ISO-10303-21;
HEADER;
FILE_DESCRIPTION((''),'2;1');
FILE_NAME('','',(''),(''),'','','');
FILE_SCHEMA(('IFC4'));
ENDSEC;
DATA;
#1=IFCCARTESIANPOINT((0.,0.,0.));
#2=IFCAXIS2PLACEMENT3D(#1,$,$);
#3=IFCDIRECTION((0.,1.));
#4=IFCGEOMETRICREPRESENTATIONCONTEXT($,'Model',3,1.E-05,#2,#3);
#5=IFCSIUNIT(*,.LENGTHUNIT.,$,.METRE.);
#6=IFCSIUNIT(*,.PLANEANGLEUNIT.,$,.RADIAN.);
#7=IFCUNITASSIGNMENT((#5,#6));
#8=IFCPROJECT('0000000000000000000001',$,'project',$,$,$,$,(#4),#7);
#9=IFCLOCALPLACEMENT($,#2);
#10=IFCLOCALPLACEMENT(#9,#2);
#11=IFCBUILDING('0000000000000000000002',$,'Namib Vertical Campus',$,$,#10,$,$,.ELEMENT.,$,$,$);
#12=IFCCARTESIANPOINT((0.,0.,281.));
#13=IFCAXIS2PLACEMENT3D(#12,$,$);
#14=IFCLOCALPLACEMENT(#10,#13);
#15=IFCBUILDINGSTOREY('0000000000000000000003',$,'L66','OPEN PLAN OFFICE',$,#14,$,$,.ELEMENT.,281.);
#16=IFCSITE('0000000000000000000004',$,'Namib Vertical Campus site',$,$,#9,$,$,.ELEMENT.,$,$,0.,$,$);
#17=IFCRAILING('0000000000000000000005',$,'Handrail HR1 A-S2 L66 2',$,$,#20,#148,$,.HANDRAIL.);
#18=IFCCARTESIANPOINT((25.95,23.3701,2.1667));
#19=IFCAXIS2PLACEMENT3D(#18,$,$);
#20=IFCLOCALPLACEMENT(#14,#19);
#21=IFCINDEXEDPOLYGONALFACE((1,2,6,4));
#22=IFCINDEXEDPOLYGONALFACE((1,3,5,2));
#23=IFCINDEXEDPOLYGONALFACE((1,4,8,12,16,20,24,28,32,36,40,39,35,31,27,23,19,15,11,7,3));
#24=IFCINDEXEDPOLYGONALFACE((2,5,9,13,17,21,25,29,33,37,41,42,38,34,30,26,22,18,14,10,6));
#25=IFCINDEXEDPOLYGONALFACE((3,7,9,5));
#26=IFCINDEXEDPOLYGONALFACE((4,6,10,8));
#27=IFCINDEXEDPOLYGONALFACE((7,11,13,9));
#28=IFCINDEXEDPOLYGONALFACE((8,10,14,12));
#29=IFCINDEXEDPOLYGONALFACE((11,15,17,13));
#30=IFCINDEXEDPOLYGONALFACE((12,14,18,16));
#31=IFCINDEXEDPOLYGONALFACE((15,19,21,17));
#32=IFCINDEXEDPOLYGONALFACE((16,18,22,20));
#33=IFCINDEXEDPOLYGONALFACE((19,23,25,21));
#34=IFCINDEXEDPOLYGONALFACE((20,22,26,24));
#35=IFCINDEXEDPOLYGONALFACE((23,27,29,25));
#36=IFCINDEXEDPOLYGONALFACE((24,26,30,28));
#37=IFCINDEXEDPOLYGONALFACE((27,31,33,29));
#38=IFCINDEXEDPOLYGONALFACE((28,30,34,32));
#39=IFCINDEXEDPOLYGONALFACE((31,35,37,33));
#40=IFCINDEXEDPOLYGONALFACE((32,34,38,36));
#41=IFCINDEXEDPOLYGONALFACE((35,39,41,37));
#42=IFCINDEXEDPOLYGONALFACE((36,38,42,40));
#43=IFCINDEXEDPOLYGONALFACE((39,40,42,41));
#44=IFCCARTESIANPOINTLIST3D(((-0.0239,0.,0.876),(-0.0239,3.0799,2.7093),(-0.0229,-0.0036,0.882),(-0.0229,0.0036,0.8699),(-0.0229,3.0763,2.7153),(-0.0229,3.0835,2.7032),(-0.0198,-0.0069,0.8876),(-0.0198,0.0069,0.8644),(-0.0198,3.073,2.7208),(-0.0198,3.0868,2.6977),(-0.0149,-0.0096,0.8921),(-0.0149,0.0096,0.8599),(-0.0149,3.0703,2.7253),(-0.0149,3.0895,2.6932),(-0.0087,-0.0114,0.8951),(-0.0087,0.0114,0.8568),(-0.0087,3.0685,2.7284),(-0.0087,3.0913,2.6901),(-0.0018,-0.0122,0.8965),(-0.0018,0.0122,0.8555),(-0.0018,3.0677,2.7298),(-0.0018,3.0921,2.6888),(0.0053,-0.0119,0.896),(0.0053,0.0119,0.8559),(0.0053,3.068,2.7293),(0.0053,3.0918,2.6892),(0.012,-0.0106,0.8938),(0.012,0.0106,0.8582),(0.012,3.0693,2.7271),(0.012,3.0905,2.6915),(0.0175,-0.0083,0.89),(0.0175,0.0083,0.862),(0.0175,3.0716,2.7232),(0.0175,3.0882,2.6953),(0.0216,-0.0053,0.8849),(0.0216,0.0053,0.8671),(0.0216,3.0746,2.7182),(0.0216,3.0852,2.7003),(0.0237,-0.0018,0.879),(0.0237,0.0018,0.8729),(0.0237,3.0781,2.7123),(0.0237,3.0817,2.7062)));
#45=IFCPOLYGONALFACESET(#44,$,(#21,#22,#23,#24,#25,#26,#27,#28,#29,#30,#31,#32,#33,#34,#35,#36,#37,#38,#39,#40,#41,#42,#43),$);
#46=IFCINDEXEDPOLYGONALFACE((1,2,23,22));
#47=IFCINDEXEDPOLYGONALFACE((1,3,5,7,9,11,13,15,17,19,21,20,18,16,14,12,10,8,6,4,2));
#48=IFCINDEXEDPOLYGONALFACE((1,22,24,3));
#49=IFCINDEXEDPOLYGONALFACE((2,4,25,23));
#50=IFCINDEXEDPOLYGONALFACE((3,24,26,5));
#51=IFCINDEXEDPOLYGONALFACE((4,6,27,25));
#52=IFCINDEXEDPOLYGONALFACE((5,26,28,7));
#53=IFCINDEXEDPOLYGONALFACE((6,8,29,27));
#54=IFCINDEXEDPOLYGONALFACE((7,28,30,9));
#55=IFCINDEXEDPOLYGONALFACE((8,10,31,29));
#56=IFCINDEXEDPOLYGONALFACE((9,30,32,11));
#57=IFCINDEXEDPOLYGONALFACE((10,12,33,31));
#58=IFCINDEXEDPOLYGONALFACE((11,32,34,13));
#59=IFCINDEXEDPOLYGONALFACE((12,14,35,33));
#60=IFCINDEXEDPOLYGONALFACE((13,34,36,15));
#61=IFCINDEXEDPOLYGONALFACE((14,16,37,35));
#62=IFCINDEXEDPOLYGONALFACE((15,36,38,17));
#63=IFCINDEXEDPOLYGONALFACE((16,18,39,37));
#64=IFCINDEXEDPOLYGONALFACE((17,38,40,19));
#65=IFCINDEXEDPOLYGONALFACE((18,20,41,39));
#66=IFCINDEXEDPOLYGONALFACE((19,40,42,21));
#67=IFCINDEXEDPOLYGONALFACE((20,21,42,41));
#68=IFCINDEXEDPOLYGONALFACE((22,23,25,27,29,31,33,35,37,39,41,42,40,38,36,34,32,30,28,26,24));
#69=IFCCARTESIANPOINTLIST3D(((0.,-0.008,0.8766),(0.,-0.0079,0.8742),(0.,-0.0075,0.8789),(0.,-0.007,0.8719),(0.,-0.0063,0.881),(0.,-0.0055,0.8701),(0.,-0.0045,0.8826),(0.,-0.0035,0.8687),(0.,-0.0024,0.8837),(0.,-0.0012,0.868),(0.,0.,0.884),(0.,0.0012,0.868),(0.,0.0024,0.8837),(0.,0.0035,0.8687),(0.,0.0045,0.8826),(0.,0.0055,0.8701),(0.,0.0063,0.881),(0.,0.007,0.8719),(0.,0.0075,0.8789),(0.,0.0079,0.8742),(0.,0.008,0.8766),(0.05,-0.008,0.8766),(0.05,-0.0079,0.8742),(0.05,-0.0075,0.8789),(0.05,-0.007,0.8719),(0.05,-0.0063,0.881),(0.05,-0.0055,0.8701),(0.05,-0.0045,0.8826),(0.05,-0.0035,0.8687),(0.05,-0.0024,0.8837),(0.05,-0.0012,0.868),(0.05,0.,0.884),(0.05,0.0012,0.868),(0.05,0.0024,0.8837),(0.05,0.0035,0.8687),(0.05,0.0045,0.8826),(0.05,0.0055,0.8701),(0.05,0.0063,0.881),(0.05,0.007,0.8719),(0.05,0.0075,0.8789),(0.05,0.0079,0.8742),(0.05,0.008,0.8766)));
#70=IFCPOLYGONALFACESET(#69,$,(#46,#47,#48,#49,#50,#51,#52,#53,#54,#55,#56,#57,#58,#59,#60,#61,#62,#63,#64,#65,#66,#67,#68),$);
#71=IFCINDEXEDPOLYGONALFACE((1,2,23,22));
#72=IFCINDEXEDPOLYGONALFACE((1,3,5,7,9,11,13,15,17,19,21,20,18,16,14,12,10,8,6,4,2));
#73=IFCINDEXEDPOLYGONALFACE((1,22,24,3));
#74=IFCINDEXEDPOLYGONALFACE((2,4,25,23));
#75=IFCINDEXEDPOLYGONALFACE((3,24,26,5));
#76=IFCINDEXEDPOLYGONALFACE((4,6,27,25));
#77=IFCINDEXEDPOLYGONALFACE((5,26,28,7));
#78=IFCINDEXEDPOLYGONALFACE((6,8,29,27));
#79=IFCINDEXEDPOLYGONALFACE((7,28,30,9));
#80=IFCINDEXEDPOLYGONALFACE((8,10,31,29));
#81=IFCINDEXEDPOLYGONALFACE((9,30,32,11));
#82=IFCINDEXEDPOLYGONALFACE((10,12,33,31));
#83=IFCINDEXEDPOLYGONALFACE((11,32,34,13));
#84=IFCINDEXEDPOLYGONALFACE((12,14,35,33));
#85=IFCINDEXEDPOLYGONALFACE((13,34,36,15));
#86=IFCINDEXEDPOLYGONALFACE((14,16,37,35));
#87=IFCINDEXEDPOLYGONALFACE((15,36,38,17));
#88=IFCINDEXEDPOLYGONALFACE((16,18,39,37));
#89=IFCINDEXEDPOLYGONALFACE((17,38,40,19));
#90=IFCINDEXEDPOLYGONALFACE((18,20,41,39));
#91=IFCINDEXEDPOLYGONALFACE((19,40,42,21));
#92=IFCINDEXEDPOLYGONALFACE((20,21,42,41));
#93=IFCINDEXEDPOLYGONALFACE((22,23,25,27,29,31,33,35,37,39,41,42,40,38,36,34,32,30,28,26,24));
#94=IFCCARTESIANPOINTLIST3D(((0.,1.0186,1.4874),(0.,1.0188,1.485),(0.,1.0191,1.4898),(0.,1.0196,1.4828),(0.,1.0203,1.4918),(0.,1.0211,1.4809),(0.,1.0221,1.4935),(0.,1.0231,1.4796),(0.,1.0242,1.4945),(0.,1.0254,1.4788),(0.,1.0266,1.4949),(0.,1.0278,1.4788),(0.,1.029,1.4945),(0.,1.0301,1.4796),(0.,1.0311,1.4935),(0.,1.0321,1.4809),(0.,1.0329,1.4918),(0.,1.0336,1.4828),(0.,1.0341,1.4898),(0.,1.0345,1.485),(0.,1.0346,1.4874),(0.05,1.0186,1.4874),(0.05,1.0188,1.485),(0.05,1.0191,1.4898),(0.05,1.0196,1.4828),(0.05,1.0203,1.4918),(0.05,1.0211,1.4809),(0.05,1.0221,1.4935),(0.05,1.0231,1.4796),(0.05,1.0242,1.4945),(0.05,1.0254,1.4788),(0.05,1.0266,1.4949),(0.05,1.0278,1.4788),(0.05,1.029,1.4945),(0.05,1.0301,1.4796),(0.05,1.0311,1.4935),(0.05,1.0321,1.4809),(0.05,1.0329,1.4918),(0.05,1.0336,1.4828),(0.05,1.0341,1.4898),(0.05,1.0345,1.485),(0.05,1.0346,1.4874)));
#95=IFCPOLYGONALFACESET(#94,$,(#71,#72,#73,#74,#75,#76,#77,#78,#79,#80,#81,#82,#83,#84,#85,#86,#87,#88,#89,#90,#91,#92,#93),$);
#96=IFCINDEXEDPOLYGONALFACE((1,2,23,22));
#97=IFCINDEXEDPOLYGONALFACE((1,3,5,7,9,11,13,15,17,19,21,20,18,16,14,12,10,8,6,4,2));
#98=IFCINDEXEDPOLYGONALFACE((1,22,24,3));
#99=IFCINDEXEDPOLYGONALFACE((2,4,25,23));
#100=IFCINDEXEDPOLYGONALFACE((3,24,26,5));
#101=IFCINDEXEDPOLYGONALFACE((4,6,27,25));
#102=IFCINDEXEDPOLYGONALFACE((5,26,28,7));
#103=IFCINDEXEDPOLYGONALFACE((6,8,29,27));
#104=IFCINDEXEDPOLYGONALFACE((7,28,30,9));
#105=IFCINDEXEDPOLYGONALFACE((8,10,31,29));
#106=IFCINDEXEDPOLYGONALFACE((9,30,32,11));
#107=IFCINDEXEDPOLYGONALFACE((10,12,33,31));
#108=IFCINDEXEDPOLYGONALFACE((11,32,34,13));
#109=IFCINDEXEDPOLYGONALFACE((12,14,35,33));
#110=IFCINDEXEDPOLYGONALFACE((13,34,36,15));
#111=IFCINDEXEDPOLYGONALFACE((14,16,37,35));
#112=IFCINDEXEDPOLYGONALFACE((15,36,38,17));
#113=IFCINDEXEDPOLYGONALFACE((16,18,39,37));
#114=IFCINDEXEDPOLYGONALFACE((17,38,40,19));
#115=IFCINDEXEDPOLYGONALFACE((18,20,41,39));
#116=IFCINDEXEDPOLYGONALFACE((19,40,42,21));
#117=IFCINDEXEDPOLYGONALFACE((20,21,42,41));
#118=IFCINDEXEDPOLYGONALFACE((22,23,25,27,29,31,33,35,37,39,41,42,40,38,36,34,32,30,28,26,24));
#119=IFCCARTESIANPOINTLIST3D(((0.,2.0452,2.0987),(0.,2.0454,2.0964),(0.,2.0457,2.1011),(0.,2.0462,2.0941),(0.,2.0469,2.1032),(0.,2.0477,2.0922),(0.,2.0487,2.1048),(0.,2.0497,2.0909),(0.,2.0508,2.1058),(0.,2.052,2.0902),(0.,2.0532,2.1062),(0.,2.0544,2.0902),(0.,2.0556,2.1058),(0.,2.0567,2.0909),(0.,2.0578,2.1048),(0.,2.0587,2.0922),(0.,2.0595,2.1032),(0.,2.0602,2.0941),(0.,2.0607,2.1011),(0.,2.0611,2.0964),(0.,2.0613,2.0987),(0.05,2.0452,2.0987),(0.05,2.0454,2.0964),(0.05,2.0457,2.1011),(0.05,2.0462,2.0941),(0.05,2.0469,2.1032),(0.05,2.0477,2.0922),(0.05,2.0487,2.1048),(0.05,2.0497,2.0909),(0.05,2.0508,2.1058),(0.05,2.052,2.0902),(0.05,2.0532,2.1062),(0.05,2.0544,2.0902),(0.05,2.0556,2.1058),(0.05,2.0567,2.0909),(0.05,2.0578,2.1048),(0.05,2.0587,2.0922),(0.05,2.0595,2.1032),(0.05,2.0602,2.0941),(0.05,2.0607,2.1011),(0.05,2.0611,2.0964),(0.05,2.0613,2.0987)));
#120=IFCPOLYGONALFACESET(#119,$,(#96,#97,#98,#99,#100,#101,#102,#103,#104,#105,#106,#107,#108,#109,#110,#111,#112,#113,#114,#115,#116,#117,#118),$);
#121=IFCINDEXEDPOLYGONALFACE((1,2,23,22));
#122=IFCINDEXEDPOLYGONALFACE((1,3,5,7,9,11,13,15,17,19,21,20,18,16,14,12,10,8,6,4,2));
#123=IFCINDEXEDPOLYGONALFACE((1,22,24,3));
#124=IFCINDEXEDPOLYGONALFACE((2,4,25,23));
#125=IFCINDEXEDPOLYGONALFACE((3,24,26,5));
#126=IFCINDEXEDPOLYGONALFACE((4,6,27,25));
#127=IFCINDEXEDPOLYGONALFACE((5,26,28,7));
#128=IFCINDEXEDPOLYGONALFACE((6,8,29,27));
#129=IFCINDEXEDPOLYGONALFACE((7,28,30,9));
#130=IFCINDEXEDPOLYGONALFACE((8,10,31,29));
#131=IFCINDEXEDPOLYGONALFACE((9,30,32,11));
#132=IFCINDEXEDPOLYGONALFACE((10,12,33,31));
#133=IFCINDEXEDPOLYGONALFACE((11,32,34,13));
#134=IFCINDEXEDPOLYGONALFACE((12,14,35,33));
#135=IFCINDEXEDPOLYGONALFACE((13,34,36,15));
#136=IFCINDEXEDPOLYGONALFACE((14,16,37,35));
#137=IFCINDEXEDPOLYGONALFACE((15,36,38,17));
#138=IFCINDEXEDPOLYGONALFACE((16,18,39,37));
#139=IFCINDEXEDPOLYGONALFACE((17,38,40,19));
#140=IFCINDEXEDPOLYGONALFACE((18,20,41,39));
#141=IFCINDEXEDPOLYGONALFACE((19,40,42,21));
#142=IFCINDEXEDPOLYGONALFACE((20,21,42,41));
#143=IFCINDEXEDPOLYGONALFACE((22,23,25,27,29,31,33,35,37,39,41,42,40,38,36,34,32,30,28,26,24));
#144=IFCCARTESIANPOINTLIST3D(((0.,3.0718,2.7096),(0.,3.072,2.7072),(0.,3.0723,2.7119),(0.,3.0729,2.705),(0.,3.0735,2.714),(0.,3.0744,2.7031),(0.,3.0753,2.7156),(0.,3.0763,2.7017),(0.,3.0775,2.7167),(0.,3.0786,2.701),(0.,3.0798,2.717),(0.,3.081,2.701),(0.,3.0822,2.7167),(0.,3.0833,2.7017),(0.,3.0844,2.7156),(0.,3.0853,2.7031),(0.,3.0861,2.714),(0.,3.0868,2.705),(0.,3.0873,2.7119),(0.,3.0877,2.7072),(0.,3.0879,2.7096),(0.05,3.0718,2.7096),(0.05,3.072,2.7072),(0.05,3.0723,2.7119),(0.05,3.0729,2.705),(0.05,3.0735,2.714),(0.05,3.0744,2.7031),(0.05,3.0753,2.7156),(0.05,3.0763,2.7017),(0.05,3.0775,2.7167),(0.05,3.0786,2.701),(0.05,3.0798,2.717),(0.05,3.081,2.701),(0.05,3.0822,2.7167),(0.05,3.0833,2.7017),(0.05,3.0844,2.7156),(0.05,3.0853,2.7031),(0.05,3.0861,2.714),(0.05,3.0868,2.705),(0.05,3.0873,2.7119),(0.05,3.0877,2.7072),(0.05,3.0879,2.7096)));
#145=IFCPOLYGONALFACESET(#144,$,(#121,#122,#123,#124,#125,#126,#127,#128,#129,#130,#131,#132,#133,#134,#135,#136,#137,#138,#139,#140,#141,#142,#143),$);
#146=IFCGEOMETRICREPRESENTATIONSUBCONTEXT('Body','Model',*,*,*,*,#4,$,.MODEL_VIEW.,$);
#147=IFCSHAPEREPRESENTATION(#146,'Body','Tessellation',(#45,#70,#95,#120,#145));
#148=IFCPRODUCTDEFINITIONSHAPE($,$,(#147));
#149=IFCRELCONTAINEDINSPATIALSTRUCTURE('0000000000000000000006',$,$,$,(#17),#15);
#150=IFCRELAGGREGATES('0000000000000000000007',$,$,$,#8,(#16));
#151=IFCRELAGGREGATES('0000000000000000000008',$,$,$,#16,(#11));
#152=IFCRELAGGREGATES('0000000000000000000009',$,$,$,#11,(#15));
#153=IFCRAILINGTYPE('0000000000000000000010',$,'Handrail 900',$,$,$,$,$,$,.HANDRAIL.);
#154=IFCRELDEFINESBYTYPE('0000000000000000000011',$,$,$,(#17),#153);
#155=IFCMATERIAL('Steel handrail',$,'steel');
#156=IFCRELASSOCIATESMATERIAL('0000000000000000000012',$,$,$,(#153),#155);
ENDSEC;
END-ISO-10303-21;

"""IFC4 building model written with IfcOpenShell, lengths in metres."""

from ifc_helpers import new_model, si_unit, direction, frame, origin, origin_2d, place, context, subcontext, project, spatial, circle, extrude, material, type_object, element, save


model = new_model("IFC4")

# Units and contexts
model_context = context("Model", 3, precision=1e-05, world=origin(), true_north=direction((0.0, 1.0)))
body_context = subcontext(model_context, "Body", "Model", "MODEL_VIEW")
ifc_project = project(units=[si_unit("LENGTHUNIT", "METRE"), si_unit("PLANEANGLEUNIT", "RADIAN")], contexts=[model_context])

# Site, building, storey
site_placement = place(None, origin())
site = spatial("IfcSite", under=ifc_project, at=site_placement, Name="Namib Vertical Campus site", CompositionType="ELEMENT", RefElevation=0.0)
building_placement = place(site_placement, origin())
building = spatial("IfcBuilding", under=site, at=building_placement, Name="Namib Vertical Campus", CompositionType="ELEMENT")
storey_placement = place(building_placement, frame((0.0, 0.0, 281.0)))
storey = spatial("IfcBuildingStorey", under=building, at=storey_placement, Name="L66", Description="OPEN PLAN OFFICE", CompositionType="ELEMENT", Elevation=281.0)

# Railing
ifc_material_1 = material(Name="Steel handrail", Category="steel")
railing_type_1 = type_object("IfcRailingType", Name="Handrail 900", PredefinedType="HANDRAIL", material=ifc_material_1)
railing_1_placement = place(storey_placement, frame((25.95, 23.3701, 2.1667)))
element("IfcRailing", 1, at=railing_1_placement, inside=storey, type_object=railing_type_1, Name="Handrail HR1 A-S2 L66 2", PredefinedType="HANDRAIL", context=body_context, shape_type="SweptSolid", body=[
    extrude(circle(Radius=0.0239, at=origin_2d()), frame((0.0, 0.0, 0.876), z_axis=(0.0, 0.859291, 0.511487), x_axis=(-1.0, 0.0, 0.0)), (0.0, 0.0, 1.0), 3.5842),
    extrude(circle(Radius=0.0081, at=origin_2d()), frame((0.0, 0.0, 0.876), z_axis=(1.0, 0.0, 0.0), x_axis=(0.0, 0.0, 1.0)), (0.0, 0.0, 1.0), 0.05),
    extrude(circle(Radius=0.0081, at=origin_2d()), frame((0.0, 1.0266, 1.4868), z_axis=(1.0, 0.0, 0.0), x_axis=(0.0, 0.0, 1.0)), (0.0, 0.0, 1.0), 0.05),
    extrude(circle(Radius=0.0081, at=origin_2d()), frame((0.0, 2.0532, 2.0981), z_axis=(1.0, 0.0, 0.0), x_axis=(0.0, 0.0, 1.0)), (0.0, 0.0, 1.0), 0.05),
    extrude(circle(Radius=0.0081, at=origin_2d()), frame((0.0, 3.0798, 2.709), z_axis=(1.0, 0.0, 0.0), x_axis=(0.0, 0.0, 1.0)), (0.0, 0.0, 1.0), 0.05),
])

save(model, "model.ifc")
